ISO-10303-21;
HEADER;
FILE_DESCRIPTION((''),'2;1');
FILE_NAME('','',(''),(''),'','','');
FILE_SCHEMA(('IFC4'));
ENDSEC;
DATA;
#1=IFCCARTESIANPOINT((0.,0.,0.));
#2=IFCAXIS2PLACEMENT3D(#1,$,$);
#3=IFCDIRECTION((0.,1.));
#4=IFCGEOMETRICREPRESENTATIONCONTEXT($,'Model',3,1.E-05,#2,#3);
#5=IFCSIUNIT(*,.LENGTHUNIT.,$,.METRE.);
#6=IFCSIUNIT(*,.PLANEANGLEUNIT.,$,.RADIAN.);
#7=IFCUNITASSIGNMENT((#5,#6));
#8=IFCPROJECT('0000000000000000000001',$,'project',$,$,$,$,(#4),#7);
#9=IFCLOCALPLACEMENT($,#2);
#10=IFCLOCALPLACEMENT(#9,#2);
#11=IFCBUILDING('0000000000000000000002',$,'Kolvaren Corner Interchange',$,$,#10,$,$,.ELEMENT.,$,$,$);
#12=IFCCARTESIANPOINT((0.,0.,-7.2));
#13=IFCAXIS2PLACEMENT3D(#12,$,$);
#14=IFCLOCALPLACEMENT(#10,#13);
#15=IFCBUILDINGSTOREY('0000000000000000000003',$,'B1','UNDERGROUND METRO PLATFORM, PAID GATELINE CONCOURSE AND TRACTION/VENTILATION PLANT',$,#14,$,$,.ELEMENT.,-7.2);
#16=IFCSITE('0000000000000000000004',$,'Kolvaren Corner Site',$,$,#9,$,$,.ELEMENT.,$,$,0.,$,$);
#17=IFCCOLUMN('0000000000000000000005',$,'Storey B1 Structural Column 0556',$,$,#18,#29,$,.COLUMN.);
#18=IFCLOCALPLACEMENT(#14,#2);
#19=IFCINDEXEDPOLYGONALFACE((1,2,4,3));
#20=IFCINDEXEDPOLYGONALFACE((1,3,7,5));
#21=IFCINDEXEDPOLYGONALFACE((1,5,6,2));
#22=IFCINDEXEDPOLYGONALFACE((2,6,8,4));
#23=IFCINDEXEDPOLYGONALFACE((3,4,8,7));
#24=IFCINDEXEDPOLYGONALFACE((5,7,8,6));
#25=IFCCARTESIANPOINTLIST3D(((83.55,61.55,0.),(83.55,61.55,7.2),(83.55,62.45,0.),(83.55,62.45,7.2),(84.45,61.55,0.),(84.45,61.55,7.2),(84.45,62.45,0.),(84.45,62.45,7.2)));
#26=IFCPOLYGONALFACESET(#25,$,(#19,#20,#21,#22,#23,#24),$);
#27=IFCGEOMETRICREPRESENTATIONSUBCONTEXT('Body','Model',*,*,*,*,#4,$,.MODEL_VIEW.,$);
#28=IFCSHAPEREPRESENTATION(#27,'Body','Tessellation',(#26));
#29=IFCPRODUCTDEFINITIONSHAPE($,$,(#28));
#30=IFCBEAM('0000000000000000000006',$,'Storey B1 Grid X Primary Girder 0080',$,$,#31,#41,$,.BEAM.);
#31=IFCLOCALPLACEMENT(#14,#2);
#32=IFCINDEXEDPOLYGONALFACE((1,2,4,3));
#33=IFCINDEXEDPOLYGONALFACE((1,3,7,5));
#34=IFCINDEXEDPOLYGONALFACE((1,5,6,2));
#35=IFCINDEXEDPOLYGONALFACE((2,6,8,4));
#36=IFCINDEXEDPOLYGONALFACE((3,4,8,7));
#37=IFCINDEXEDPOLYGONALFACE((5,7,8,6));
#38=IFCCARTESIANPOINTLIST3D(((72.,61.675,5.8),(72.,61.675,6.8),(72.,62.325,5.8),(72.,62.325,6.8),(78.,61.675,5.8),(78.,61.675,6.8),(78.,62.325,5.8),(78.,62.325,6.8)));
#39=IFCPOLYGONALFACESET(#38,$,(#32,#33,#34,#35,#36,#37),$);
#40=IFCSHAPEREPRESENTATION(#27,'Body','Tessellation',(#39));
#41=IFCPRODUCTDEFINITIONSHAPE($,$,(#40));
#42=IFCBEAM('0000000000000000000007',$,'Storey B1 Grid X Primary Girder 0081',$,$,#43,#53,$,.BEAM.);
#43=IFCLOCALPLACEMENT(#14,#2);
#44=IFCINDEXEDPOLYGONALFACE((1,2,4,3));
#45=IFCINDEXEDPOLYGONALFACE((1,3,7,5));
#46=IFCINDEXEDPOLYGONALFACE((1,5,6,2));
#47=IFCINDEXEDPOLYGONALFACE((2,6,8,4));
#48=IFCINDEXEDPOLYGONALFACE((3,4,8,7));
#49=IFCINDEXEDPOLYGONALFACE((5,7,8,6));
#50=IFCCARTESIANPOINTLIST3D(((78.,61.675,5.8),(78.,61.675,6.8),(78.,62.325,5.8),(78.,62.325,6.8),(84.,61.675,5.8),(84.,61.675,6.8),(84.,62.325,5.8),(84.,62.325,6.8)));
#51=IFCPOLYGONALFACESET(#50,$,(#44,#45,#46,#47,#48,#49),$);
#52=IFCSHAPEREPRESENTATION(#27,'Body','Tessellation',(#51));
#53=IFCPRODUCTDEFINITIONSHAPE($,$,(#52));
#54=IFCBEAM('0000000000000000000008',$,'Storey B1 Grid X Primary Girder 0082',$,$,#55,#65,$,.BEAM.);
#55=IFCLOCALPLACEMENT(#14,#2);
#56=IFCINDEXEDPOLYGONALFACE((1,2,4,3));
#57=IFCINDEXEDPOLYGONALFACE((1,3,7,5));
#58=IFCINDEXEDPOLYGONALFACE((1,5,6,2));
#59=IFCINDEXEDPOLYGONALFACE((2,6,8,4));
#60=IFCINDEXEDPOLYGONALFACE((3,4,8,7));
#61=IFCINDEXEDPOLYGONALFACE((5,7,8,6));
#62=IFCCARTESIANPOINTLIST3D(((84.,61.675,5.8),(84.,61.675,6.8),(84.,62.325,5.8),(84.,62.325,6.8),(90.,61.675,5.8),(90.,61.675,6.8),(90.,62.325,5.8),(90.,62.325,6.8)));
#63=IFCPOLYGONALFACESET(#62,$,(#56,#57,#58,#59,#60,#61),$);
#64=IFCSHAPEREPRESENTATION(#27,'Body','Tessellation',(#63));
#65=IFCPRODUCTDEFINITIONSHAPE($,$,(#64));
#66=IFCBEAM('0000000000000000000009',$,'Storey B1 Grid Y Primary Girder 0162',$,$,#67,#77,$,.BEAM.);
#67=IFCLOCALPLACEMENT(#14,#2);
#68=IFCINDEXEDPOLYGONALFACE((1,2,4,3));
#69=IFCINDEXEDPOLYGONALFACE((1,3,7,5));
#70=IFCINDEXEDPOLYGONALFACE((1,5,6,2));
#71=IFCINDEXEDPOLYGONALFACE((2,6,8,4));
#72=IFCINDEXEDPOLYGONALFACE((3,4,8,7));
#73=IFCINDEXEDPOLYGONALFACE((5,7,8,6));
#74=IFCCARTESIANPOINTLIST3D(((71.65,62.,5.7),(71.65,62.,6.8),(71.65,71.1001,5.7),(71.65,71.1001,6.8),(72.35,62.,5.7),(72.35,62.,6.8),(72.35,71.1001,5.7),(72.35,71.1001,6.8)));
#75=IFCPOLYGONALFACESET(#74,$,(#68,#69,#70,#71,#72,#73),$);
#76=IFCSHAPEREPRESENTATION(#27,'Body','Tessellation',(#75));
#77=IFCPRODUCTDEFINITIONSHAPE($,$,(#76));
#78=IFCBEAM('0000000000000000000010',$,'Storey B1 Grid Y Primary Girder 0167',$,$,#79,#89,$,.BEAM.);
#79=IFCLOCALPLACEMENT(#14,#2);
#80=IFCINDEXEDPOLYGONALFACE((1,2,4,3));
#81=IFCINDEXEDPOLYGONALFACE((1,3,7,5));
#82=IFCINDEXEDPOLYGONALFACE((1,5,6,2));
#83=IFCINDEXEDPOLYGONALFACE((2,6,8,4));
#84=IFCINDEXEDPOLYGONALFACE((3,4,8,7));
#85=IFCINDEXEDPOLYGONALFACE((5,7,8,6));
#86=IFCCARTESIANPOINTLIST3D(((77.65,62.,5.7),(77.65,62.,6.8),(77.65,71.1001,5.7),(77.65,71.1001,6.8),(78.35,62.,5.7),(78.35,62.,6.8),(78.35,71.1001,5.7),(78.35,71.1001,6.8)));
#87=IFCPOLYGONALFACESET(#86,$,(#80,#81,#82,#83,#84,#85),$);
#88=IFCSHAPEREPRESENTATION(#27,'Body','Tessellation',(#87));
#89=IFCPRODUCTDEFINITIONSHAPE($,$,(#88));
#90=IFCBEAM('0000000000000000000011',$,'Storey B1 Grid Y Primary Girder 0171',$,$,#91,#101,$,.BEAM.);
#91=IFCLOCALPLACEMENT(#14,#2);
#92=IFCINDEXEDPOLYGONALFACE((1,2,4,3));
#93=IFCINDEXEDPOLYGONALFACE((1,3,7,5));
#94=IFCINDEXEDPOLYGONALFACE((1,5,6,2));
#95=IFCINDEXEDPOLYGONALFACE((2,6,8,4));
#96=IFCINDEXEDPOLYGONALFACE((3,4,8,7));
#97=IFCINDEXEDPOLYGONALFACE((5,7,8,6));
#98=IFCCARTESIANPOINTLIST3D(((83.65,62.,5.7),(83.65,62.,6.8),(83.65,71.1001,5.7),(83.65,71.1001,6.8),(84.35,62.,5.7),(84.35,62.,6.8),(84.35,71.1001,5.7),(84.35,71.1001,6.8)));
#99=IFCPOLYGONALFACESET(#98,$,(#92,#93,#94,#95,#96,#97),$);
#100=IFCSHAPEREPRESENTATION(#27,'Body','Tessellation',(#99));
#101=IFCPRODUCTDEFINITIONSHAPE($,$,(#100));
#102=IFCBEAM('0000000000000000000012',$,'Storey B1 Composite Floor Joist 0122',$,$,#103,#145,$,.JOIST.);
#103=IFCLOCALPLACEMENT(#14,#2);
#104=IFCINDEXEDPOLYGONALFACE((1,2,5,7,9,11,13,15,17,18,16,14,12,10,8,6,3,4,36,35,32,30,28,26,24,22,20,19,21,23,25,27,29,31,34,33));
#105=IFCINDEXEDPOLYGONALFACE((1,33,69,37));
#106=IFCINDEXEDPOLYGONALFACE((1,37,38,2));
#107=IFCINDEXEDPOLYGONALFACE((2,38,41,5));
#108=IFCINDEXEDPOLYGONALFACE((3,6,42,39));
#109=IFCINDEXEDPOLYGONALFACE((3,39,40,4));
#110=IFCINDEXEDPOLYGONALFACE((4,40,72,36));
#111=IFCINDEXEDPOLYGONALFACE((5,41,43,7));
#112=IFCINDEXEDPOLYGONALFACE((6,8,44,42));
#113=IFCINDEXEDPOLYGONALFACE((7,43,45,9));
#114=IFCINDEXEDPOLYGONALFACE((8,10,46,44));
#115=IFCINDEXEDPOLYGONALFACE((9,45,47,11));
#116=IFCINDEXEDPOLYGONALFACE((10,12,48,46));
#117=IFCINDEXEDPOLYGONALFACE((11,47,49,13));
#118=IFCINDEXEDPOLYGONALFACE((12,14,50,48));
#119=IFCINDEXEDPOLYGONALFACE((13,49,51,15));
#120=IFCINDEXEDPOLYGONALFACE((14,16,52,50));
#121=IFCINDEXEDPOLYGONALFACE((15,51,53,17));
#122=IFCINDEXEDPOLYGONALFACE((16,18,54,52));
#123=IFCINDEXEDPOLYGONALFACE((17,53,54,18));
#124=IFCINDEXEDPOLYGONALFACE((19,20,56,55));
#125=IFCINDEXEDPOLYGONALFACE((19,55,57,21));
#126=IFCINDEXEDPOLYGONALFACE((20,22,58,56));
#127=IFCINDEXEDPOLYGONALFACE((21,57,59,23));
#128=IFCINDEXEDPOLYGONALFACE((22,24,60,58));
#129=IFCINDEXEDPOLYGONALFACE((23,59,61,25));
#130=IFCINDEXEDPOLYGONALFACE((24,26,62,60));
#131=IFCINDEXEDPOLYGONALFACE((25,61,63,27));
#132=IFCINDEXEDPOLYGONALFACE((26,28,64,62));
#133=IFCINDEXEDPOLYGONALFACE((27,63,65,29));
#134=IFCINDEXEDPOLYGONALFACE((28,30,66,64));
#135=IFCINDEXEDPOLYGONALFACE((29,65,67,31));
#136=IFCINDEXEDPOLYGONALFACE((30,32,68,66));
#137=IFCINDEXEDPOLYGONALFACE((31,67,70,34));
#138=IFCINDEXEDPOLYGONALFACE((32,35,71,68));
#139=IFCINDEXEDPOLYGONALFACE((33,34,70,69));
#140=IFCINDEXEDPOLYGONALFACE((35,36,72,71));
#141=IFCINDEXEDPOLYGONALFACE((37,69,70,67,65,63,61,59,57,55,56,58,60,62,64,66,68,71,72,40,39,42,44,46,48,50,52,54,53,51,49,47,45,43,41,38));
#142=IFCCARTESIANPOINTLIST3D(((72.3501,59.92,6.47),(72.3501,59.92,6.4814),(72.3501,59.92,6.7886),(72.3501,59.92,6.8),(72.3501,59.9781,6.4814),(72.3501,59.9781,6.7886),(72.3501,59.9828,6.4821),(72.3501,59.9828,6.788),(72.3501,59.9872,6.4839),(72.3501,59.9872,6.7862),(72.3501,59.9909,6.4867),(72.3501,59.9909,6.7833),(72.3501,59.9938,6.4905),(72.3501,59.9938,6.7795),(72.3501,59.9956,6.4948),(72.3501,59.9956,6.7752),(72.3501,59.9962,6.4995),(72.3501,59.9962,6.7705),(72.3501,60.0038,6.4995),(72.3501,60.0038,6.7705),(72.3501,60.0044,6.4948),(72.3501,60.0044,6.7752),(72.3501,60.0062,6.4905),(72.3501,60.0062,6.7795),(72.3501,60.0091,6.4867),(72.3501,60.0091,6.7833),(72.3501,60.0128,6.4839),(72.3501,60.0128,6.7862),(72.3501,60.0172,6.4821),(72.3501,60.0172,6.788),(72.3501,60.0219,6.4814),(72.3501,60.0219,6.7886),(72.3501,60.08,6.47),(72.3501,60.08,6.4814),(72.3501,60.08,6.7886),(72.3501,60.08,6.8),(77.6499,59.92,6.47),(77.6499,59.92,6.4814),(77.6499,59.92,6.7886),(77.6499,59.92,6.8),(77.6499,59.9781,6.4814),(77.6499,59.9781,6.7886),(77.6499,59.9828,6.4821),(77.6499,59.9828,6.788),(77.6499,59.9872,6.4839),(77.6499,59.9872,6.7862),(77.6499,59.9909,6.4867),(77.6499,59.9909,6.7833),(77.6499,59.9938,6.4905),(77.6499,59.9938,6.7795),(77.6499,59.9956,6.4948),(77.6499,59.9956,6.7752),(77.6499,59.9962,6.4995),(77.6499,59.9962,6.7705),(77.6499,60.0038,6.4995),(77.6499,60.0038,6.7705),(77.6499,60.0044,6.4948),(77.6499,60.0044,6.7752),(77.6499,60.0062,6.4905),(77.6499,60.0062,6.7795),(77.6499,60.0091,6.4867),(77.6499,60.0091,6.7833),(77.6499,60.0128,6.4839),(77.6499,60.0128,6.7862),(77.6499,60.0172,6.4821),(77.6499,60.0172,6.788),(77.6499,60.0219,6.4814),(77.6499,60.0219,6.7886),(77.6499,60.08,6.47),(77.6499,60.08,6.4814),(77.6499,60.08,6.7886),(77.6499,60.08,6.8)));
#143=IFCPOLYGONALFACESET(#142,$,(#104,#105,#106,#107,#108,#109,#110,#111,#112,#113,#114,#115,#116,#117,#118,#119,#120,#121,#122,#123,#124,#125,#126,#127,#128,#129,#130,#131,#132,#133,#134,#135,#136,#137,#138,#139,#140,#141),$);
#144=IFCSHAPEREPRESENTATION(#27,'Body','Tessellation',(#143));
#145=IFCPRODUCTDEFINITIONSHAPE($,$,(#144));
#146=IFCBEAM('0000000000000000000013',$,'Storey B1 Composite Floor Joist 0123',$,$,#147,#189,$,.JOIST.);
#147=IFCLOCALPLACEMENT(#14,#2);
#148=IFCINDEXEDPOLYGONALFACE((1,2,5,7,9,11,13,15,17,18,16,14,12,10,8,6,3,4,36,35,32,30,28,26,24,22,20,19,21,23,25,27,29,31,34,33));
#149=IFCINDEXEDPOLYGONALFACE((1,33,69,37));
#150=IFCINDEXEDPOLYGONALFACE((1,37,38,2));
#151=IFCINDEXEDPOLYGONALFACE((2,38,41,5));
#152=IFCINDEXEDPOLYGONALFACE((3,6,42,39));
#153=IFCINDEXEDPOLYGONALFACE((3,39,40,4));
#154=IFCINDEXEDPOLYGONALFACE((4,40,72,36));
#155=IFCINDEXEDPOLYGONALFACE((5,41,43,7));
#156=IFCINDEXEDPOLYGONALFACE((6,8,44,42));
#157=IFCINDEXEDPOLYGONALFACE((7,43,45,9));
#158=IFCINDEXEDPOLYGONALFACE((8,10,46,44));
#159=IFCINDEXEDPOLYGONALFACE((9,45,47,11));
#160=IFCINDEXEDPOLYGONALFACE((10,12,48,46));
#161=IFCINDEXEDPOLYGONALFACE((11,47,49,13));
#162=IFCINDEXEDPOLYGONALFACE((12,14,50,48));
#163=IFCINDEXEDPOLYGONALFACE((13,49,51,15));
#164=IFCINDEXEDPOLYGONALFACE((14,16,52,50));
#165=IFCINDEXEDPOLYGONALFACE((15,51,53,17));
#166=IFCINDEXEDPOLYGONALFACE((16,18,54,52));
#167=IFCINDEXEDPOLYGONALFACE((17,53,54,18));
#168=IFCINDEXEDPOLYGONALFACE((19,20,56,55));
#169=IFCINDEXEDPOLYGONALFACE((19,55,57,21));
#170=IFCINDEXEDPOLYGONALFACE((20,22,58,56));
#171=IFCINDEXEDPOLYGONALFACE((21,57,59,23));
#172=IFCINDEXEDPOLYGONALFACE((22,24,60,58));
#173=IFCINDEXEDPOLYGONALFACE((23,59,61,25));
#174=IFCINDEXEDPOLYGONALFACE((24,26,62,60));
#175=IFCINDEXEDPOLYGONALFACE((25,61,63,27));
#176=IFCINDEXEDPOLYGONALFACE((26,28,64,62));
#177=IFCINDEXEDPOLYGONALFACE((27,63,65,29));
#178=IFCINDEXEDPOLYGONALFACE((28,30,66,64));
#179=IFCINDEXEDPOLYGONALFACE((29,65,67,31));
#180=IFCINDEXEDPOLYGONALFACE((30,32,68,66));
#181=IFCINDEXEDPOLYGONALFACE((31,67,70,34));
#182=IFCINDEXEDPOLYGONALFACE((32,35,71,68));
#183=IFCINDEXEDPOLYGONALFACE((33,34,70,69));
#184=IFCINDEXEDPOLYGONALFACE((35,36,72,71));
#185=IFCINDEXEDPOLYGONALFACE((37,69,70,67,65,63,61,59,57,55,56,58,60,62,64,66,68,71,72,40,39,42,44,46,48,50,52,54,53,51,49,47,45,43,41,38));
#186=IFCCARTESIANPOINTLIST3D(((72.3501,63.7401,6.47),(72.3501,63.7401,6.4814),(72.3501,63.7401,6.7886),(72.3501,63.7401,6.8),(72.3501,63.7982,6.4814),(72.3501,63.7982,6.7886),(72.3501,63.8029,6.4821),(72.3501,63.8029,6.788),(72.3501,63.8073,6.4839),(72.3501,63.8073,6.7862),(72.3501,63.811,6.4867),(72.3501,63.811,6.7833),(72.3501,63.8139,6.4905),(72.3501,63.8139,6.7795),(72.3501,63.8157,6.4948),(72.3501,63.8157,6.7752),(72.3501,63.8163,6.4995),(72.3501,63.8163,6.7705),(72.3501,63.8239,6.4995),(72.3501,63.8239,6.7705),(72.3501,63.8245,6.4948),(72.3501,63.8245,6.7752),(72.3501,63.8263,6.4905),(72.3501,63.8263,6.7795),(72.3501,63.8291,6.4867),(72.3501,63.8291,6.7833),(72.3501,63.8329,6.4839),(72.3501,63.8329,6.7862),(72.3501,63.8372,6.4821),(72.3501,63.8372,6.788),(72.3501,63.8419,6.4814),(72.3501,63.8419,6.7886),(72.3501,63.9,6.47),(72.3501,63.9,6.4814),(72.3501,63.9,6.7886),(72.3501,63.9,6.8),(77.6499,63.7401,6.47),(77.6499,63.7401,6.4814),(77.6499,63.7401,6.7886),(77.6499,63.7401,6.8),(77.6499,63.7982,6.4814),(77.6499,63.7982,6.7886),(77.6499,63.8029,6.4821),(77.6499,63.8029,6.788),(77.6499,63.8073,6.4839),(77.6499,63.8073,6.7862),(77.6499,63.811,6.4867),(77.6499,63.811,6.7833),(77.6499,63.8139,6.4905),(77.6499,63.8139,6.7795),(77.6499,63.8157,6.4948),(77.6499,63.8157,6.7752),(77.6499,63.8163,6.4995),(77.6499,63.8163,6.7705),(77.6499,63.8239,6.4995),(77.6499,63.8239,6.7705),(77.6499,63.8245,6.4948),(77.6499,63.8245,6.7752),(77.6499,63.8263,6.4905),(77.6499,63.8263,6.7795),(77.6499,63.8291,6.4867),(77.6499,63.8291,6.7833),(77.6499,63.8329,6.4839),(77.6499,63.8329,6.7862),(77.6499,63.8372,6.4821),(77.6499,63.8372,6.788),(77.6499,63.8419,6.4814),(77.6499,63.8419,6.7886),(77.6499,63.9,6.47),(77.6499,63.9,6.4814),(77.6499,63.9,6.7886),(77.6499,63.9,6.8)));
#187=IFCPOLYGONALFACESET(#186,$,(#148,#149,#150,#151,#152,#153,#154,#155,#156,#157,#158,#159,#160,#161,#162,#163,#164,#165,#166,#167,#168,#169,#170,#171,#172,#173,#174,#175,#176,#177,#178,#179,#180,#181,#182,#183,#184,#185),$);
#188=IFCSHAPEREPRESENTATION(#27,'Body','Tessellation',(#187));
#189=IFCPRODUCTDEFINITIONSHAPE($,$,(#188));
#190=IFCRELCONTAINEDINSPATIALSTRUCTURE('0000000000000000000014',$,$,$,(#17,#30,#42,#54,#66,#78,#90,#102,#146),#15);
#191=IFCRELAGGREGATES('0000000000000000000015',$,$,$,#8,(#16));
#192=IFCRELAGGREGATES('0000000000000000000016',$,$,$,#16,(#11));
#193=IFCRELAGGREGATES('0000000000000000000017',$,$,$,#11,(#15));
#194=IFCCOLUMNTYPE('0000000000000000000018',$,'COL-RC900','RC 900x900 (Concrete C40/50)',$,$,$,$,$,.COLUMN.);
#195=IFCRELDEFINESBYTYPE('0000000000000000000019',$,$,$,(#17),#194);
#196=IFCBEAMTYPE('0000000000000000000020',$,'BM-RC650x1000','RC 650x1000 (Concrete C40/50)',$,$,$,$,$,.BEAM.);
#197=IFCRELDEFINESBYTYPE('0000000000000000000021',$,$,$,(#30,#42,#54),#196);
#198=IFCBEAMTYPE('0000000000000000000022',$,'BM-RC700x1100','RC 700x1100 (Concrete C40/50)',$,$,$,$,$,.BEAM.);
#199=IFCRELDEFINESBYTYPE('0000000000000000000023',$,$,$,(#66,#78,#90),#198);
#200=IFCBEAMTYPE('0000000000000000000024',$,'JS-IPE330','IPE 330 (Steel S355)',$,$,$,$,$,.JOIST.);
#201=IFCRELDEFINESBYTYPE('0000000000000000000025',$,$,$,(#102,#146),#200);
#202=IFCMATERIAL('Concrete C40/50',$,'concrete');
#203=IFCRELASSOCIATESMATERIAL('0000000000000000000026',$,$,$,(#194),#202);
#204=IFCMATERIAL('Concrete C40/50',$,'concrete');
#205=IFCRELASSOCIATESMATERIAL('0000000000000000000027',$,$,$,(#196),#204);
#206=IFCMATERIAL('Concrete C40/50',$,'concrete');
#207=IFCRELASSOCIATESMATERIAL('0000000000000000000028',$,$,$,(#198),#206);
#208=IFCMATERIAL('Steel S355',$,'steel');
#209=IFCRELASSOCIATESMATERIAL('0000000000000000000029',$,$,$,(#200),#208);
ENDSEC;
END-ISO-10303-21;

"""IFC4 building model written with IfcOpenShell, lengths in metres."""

from ifc_helpers import new_model, si_unit, direction, frame, origin, origin_2d, place, context, subcontext, project, spatial, rectangle, i_section, extrude, material, material_profile, profile_set, type_object, element, save


model = new_model("IFC4")

# Units and contexts
model_context = context("Model", 3, precision=1e-05, world=origin(), true_north=direction((0.0, 1.0)))
body_context = subcontext(model_context, "Body", "Model", "MODEL_VIEW")
ifc_project = project(units=[si_unit("LENGTHUNIT", "METRE"), si_unit("PLANEANGLEUNIT", "RADIAN")], contexts=[model_context])

# Site, building, storey
site_placement = place(None, origin())
site = spatial("IfcSite", under=ifc_project, at=site_placement, Name="Kolvaren Corner Site", CompositionType="ELEMENT", RefElevation=0.0)
building_placement = place(site_placement, origin())
building = spatial("IfcBuilding", under=site, at=building_placement, Name="Kolvaren Corner Interchange", CompositionType="ELEMENT")
storey_placement = place(building_placement, frame((0.0, 0.0, -7.2)))
storey = spatial("IfcBuildingStorey", under=building, at=storey_placement, Name="B1", Description="UNDERGROUND METRO PLATFORM, PAID GATELINE CONCOURSE AND TRACTION/VENTILATION PLANT", CompositionType="ELEMENT", Elevation=-7.2)

# Column
ifc_material_1 = material(Name="Concrete C40/50", Category="concrete")
ifc_material_profile_1 = material_profile(ifc_material_1, rectangle(XDim=0.8999, YDim=0.8999, at=origin_2d()), Name="RC 900x900")
ifc_profile_set_1 = profile_set([ifc_material_profile_1], Name="Concrete C40/50")
column_type = type_object("IfcColumnType", Name="COL-RC900", Description="RC 900x900 (Concrete C40/50)", PredefinedType="COLUMN", material=ifc_profile_set_1)
for number, where, z_axis, x_axis, name in (
    (1, (84.0, 62.0, 0.0), (0.0, 0.0, 1.0), (1.0, 0.0, 0.0), "Storey B1 Structural Column 0556"),
):
    element("IfcColumn", number, at=place(storey_placement, frame(where, z_axis=z_axis, x_axis=x_axis)), inside=storey, type_object=column_type, Name=name, PredefinedType="COLUMN", context=body_context, shape_type="SweptSolid", body=[
        extrude(rectangle(XDim=0.8999, YDim=0.8999, at=origin_2d()), origin(), (0.0, 0.0, 1.0), 7.2),
    ])

# Beams
ifc_material_2 = material(Name="Concrete C40/50", Category="concrete")
ifc_material_profile_2 = material_profile(ifc_material_2, rectangle(XDim=0.6499, YDim=1.0, at=origin_2d()), Name="RC 650x1000")
ifc_profile_set_2 = profile_set([ifc_material_profile_2], Name="Concrete C40/50")
beam_type_1 = type_object("IfcBeamType", Name="BM-RC650x1000", Description="RC 650x1000 (Concrete C40/50)", PredefinedType="BEAM", material=ifc_profile_set_2)
for number, where, z_axis, x_axis, name in (
    (2, (72.0, 62.0, 6.3), (1.0, 0.0, 0.0), (0.0, 1.0, 0.0), "Storey B1 Grid X Primary Girder 0080"),
    (3, (78.0, 62.0, 6.3), (1.0, 0.0, 0.0), (0.0, 1.0, 0.0), "Storey B1 Grid X Primary Girder 0081"),
    (4, (84.0, 62.0, 6.3), (1.0, 0.0, 0.0), (0.0, 1.0, 0.0), "Storey B1 Grid X Primary Girder 0082"),
):
    element("IfcBeam", number, at=place(storey_placement, frame(where, z_axis=z_axis, x_axis=x_axis)), inside=storey, type_object=beam_type_1, Name=name, PredefinedType="BEAM", context=body_context, shape_type="SweptSolid", body=[
        extrude(rectangle(XDim=0.6499, YDim=1.0, at=origin_2d()), origin(), (0.0, 0.0, 1.0), 6.0),
    ])
ifc_material_3 = material(Name="Concrete C40/50", Category="concrete")
ifc_material_profile_3 = material_profile(ifc_material_3, rectangle(XDim=0.7, YDim=1.1001, at=origin_2d()), Name="RC 700x1100")
ifc_profile_set_3 = profile_set([ifc_material_profile_3], Name="Concrete C40/50")
beam_type_2 = type_object("IfcBeamType", Name="BM-RC700x1100", Description="RC 700x1100 (Concrete C40/50)", PredefinedType="BEAM", material=ifc_profile_set_3)
for number, where, z_axis, x_axis, name in (
    (5, (72.0, 62.0, 6.25), (0.0, 1.0, 0.0), (-1.0, 0.0, 0.0), "Storey B1 Grid Y Primary Girder 0162"),
    (6, (78.0, 62.0, 6.25), (0.0, 1.0, 0.0), (-1.0, 0.0, 0.0), "Storey B1 Grid Y Primary Girder 0167"),
    (7, (84.0, 62.0, 6.25), (0.0, 1.0, 0.0), (-1.0, 0.0, 0.0), "Storey B1 Grid Y Primary Girder 0171"),
):
    element("IfcBeam", number, at=place(storey_placement, frame(where, z_axis=z_axis, x_axis=x_axis)), inside=storey, type_object=beam_type_2, Name=name, PredefinedType="BEAM", context=body_context, shape_type="SweptSolid", body=[
        extrude(rectangle(XDim=0.7, YDim=1.1001, at=origin_2d()), origin(), (0.0, 0.0, 1.0), 9.1001),
    ])
ifc_material_4 = material(Name="Steel S355", Category="steel")
ifc_material_profile_4 = material_profile(ifc_material_4, i_section(OverallWidth=0.1599, OverallDepth=0.3301, WebThickness=0.0076, FlangeThickness=0.0115, FilletRadius=0.0181, at=origin_2d()), Name="IPE 330")
ifc_profile_set_4 = profile_set([ifc_material_profile_4], Name="Steel S355")
beam_type_3 = type_object("IfcBeamType", Name="JS-IPE330", Description="IPE 330 (Steel S355)", PredefinedType="JOIST", material=ifc_profile_set_4)
for number, where, z_axis, x_axis, name in (
    (8, (72.3501, 60.0, 6.635), (1.0, 0.0, 0.0), (0.0, 1.0, 0.0), "Storey B1 Composite Floor Joist 0122"),
    (9, (72.3501, 63.8201, 6.635), (1.0, 0.0, 0.0), (0.0, 1.0, 0.0), "Storey B1 Composite Floor Joist 0123"),
):
    element("IfcBeam", number, at=place(storey_placement, frame(where, z_axis=z_axis, x_axis=x_axis)), inside=storey, type_object=beam_type_3, Name=name, PredefinedType="JOIST", context=body_context, shape_type="SweptSolid", body=[
        extrude(i_section(OverallWidth=0.1599, OverallDepth=0.3301, WebThickness=0.0076, FlangeThickness=0.0115, FilletRadius=0.0181, at=origin_2d()), origin(), (0.0, 0.0, 1.0), 5.2998),
    ])

save(model, "model.ifc")
